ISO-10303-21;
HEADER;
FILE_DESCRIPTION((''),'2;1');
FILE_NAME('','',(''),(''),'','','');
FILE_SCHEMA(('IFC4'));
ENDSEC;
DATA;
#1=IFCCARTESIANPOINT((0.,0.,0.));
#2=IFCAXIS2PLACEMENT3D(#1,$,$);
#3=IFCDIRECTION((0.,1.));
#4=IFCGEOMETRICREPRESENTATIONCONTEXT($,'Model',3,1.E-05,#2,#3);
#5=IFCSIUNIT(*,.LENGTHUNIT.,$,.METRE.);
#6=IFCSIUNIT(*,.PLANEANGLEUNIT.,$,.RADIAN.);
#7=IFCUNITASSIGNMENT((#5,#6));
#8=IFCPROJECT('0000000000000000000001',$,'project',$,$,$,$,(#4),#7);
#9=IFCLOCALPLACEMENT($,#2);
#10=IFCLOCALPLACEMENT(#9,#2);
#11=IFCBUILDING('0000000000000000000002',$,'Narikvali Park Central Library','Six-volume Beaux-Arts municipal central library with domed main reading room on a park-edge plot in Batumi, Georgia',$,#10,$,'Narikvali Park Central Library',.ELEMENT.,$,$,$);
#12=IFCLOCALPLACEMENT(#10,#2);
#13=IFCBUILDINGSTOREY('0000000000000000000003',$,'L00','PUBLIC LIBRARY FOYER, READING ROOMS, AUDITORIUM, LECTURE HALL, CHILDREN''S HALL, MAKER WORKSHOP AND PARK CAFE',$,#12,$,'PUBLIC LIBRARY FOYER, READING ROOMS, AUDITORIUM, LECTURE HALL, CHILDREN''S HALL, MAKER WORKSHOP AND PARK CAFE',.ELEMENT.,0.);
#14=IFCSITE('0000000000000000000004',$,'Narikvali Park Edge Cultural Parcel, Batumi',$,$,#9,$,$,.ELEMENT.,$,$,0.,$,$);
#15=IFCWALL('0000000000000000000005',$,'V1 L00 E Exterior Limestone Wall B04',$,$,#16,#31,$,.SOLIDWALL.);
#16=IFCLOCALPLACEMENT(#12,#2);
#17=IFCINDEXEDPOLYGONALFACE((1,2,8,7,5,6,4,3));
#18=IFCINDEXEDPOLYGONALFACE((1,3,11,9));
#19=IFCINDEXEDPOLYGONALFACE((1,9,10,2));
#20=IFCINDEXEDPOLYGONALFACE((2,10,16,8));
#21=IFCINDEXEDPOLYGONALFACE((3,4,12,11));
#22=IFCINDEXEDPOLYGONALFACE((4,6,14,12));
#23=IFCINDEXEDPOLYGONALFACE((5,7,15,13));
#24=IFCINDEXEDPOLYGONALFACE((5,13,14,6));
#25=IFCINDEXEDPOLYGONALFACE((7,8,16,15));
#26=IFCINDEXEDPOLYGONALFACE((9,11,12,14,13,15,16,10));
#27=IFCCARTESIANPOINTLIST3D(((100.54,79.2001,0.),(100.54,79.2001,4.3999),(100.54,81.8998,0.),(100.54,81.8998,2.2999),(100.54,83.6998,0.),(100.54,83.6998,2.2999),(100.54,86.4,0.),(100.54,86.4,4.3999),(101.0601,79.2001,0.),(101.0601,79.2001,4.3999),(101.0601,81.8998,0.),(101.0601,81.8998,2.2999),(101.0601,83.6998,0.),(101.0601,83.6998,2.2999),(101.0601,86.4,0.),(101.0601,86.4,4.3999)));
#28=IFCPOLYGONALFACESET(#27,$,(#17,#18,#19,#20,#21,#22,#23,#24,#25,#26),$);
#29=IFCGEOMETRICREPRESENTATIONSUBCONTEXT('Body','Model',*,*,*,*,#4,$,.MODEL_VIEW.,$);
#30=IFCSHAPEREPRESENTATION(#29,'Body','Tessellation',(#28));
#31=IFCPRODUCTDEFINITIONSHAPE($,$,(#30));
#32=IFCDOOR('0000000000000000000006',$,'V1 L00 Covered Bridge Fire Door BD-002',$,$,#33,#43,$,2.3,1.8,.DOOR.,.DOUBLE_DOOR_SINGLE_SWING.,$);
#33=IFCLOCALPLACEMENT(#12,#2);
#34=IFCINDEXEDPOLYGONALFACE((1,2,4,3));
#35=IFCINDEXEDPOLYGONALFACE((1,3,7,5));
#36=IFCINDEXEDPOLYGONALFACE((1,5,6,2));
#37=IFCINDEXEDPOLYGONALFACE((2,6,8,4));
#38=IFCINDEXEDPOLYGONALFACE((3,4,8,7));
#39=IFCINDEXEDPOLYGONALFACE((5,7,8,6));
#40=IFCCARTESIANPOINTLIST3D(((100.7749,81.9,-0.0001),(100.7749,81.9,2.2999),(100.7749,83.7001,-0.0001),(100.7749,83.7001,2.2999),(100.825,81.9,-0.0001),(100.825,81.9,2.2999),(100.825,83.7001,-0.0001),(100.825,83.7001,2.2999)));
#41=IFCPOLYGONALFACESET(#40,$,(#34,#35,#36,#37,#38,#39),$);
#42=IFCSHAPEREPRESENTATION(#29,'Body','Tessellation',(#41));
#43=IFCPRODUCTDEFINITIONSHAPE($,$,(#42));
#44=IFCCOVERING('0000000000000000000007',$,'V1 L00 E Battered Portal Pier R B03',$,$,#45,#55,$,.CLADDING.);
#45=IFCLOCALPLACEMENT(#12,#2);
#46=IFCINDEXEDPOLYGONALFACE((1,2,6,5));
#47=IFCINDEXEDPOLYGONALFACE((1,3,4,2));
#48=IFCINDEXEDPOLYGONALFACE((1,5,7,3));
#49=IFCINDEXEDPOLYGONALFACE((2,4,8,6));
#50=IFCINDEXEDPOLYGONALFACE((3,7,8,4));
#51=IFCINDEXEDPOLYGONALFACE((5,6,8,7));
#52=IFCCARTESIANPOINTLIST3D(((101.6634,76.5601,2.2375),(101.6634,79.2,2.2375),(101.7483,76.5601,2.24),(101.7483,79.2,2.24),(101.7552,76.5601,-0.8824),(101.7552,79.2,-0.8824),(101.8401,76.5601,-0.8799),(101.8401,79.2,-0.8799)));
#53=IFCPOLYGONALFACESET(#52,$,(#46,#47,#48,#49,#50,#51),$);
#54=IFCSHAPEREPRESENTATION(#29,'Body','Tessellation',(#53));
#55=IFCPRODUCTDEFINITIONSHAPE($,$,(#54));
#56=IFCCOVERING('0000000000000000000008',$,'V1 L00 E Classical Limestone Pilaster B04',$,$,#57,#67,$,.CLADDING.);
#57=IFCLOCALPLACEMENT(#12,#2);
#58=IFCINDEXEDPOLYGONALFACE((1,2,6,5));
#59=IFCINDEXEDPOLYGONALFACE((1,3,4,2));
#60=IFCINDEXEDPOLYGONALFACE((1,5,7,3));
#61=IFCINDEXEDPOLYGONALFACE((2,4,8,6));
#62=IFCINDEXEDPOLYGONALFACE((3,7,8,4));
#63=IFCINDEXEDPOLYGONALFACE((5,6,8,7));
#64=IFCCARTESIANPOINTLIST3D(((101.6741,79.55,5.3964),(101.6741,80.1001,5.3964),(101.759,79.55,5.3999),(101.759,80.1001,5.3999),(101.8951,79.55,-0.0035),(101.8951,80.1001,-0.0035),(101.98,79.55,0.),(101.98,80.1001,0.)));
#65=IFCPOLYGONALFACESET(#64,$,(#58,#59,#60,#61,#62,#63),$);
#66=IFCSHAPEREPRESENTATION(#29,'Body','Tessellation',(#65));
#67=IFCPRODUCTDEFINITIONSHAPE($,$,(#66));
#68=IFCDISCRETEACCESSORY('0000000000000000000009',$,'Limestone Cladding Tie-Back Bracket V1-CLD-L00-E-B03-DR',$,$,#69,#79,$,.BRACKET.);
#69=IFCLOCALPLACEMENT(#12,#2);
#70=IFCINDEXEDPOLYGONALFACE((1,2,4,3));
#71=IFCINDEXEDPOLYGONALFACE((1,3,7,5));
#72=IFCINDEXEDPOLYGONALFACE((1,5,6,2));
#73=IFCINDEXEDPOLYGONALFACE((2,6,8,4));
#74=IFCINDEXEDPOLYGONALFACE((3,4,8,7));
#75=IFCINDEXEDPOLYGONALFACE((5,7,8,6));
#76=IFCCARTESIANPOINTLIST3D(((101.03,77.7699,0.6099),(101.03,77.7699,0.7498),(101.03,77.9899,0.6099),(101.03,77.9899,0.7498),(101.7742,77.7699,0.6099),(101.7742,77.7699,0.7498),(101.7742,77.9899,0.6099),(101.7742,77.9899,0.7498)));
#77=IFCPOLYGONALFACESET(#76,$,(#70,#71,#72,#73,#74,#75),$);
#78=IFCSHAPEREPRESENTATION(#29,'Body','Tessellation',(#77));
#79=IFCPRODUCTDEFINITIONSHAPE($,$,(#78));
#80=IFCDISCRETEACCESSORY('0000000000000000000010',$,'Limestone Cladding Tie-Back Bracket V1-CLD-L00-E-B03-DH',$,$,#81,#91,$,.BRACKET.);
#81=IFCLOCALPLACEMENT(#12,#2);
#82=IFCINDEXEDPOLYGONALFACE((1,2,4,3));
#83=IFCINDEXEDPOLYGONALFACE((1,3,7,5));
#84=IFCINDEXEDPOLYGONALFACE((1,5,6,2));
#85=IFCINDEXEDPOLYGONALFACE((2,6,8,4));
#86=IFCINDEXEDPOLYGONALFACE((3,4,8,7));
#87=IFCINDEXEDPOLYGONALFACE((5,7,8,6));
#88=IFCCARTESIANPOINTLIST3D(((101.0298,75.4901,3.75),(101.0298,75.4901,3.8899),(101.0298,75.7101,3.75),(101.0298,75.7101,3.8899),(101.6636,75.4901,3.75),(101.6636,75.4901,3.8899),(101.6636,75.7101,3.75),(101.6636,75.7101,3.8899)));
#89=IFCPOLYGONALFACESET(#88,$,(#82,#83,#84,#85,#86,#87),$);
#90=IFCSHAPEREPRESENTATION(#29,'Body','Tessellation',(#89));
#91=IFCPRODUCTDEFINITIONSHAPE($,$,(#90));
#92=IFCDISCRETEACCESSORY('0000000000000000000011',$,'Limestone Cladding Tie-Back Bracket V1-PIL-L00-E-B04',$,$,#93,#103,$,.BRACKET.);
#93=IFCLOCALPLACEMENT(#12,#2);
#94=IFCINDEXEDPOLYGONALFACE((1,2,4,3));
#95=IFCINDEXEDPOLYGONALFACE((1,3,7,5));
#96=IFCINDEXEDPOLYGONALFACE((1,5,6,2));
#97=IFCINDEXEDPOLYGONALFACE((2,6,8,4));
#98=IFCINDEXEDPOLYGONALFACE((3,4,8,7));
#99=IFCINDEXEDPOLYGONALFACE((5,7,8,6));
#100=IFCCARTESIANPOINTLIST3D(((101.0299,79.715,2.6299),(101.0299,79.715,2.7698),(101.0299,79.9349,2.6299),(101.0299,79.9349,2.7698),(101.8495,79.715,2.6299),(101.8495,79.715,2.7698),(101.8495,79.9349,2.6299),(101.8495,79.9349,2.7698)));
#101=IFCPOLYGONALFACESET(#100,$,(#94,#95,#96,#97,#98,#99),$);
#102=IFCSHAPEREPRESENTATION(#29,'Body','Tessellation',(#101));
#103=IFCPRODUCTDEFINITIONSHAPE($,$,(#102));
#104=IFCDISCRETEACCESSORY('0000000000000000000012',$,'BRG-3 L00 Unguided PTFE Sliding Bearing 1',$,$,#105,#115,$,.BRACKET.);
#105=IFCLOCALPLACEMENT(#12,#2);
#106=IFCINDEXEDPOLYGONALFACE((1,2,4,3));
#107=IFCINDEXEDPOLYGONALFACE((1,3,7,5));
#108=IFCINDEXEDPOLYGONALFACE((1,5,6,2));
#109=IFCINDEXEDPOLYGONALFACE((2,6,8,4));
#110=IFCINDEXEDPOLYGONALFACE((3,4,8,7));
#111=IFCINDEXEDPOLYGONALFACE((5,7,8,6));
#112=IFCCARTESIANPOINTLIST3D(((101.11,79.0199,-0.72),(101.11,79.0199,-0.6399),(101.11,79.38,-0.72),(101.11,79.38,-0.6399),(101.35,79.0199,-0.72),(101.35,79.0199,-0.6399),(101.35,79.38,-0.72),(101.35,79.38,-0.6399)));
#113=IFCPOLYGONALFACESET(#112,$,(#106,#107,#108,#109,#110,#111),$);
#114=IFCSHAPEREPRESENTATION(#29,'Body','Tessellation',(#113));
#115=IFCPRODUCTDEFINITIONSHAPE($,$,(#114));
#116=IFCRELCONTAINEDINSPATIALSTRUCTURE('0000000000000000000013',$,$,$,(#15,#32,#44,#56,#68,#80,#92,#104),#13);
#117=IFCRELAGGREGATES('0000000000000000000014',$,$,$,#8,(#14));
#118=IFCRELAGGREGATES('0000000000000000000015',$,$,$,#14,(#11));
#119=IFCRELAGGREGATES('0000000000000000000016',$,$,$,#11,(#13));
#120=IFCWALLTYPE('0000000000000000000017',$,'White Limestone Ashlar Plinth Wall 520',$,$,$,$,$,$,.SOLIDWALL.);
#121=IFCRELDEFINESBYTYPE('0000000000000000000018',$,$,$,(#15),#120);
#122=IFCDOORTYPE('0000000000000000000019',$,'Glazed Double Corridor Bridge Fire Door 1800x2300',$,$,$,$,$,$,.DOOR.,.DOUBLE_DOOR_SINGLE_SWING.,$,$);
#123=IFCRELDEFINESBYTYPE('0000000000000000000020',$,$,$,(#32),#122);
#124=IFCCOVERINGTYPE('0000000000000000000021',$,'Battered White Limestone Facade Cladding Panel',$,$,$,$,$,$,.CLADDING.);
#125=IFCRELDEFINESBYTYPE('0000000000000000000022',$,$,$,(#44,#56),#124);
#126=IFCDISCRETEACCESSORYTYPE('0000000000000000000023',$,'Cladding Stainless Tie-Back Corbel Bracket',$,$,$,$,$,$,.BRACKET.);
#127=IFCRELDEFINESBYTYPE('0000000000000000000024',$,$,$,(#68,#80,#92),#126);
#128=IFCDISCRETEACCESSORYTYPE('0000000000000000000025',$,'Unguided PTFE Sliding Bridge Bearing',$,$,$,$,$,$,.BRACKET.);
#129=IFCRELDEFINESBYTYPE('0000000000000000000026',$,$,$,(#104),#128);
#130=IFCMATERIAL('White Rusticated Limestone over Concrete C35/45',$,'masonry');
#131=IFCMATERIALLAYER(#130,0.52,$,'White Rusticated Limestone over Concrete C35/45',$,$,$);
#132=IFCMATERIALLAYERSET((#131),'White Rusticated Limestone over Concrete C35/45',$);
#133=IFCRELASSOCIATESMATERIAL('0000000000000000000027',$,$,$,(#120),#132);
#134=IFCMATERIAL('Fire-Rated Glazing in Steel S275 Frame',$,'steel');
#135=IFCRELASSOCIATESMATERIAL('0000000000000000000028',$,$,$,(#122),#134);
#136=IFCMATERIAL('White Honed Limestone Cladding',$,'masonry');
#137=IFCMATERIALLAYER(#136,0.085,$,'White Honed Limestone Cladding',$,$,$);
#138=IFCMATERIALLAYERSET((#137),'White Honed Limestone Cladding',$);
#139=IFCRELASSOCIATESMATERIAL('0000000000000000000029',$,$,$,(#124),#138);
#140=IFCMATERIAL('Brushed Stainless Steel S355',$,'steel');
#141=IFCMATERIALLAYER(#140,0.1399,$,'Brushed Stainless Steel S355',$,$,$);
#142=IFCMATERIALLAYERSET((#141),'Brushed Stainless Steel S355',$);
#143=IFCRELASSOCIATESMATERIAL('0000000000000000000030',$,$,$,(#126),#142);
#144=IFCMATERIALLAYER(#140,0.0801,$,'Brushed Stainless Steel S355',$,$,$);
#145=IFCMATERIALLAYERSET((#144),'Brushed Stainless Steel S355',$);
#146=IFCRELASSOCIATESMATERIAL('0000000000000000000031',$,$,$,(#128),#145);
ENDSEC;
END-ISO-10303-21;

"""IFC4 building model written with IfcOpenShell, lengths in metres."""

from ifc_helpers import new_model, si_unit, direction, frame, frame_2d, origin, origin_2d, place, context, subcontext, project, spatial, polyline, rectangle, outline, extrude, material, layer, layer_set, type_object, element, fill, save


model = new_model("IFC4")

# Units and contexts
model_context = context("Model", 3, precision=1e-05, world=origin(), true_north=direction((0.0, 1.0)))
body_context = subcontext(model_context, "Body", "Model", "MODEL_VIEW")
ifc_project = project(units=[si_unit("LENGTHUNIT", "METRE"), si_unit("PLANEANGLEUNIT", "RADIAN")], contexts=[model_context])

# Site, building, storey
site_placement = place(None, origin())
site = spatial("IfcSite", under=ifc_project, at=site_placement, Name="Narikvali Park Edge Cultural Parcel, Batumi", CompositionType="ELEMENT", RefElevation=0.0)
building_placement = place(site_placement, origin())
building = spatial("IfcBuilding", under=site, at=building_placement, Name="Narikvali Park Central Library", Description="Six-volume Beaux-Arts municipal central library with domed main reading room on a park-edge plot in Batumi, Georgia", LongName="Narikvali Park Central Library", CompositionType="ELEMENT")
storey_placement = place(building_placement, origin())
storey = spatial("IfcBuildingStorey", under=building, at=storey_placement, Name="L00", Description="PUBLIC LIBRARY FOYER, READING ROOMS, AUDITORIUM, LECTURE HALL, CHILDREN'S HALL, MAKER WORKSHOP AND PARK CAFE", LongName="PUBLIC LIBRARY FOYER, READING ROOMS, AUDITORIUM, LECTURE HALL, CHILDREN'S HALL, MAKER WORKSHOP AND PARK CAFE", CompositionType="ELEMENT", Elevation=0.0)

# Wall, opening, door
ifc_material_1 = material(Name="White Rusticated Limestone over Concrete C35/45", Category="masonry")
ifc_layer_1 = layer(ifc_material_1, 0.52, Name="White Rusticated Limestone over Concrete C35/45")
ifc_layer_set_1 = layer_set([ifc_layer_1], Name="White Rusticated Limestone over Concrete C35/45")
wall_type_1 = type_object("IfcWallType", Name="White Limestone Ashlar Plinth Wall 520", PredefinedType="SOLIDWALL", material=ifc_layer_set_1)
wall_1_placement = place(storey_placement, frame((100.8, 79.2, 0.0), z_axis=(0.0, 0.0, 1.0), x_axis=(0.0, 1.0, 0.0)))
wall_1 = element("IfcWall", 1, at=wall_1_placement, inside=storey, type_object=wall_type_1, Name="V1 L00 E Exterior Limestone Wall B04", PredefinedType="SOLIDWALL", context=body_context, shape_type="SweptSolid", body=[
    extrude(rectangle(XDim=7.2, YDim=0.52, at=frame_2d((3.6001, 0.0))), origin(), (0.0, 0.0, 1.0), 4.3999),
])
opening_placement = place(wall_1_placement, frame((2.7, 0.0, 0.0)))
opening = element("IfcOpeningElement", 2, at=opening_placement, cuts=wall_1, PredefinedType="OPENING", context=body_context, shape_type="SweptSolid", body=[
    extrude(rectangle(XDim=1.8, YDim=2.3, at=frame_2d((0.8999, 1.1499))), frame((0.0, 0.272, 0.0), z_axis=(0.0, -1.0, 0.0), x_axis=(1.0, 0.0, 0.0)), (0.0, 0.0, 1.0), 0.5439),
])
ifc_material_2 = material(Name="Fire-Rated Glazing in Steel S275 Frame", Category="steel")
door_type = type_object("IfcDoorType", Name="Glazed Double Corridor Bridge Fire Door 1800x2300", OperationType="DOUBLE_DOOR_SINGLE_SWING", PredefinedType="DOOR", material=ifc_material_2)
door_placement = place(opening_placement, frame((1.8, 0.0, 0.0), z_axis=(0.0, 0.0, 1.0), x_axis=(-1.0, 0.0, 0.0)))
door = element("IfcDoor", 3, at=door_placement, inside=storey, type_object=door_type, Name="V1 L00 Covered Bridge Fire Door BD-002", OperationType="DOUBLE_DOOR_SINGLE_SWING", OverallHeight=2.3, OverallWidth=1.8, PredefinedType="DOOR", context=body_context, shape_type="SweptSolid", body=[
    extrude(rectangle(XDim=1.8, YDim=2.3, at=frame_2d((0.8999, 1.1499))), frame((0.0, 0.0249, 0.0), z_axis=(0.0, -1.0, 0.0), x_axis=(1.0, 0.0, 0.0)), (0.0, 0.0, 1.0), 0.05),
])
fill(opening, door)

# Coverings
ifc_material_3 = material(Name="White Honed Limestone Cladding", Category="masonry")
ifc_layer_2 = layer(ifc_material_3, 0.085, Name="White Honed Limestone Cladding")
ifc_layer_set_2 = layer_set([ifc_layer_2], Name="White Honed Limestone Cladding")
covering_type = type_object("IfcCoveringType", Name="Battered White Limestone Facade Cladding Panel", PredefinedType="CLADDING", material=ifc_layer_set_2)
covering_1_placement = place(storey_placement, frame((101.8401, 76.5601, -0.8799), z_axis=(0.999567, 0.0, 0.029411), x_axis=(0.0, 1.0, 0.0)))
element("IfcCovering", 4, at=covering_1_placement, inside=storey, type_object=covering_type, Name="V1 L00 E Battered Portal Pier R B03", PredefinedType="CLADDING", context=body_context, shape_type="SweptSolid", body=[
    extrude(outline(polyline([(0.0, 0.0), (2.6399, 0.0), (2.6399, 3.1212), (0.0, 3.1212), (0.0, 0.0)])), origin(), (0.0, 0.0, -1.0), 0.085),
])
covering_2_placement = place(storey_placement, frame((101.98, 79.55, 0.0), z_axis=(0.999164, 0.0, 0.040883), x_axis=(0.0, 1.0, 0.0)))
element("IfcCovering", 5, at=covering_2_placement, inside=storey, type_object=covering_type, Name="V1 L00 E Classical Limestone Pilaster B04", PredefinedType="CLADDING", context=body_context, shape_type="SweptSolid", body=[
    extrude(outline(polyline([(0.0, 0.0), (0.55, 0.0), (0.55, 5.4044), (0.0, 5.4044), (0.0, 0.0)])), origin(), (0.0, 0.0, -1.0), 0.085),
])

# Discrete accessories
ifc_material_4 = material(Name="Brushed Stainless Steel S355", Category="steel")
ifc_layer_3 = layer(ifc_material_4, 0.1399, Name="Brushed Stainless Steel S355")
ifc_layer_set_3 = layer_set([ifc_layer_3], Name="Brushed Stainless Steel S355")
discrete_accessory_type_1 = type_object("IfcDiscreteAccessoryType", Name="Cladding Stainless Tie-Back Corbel Bracket", PredefinedType="BRACKET", material=ifc_layer_set_3)
discrete_accessory_1_placement = place(storey_placement, frame((101.4021, 77.8799, 0.6099), z_axis=(0.0, 0.0, 1.0), x_axis=(1.0, 0.0, 0.0)))
element("IfcDiscreteAccessory", 6, at=discrete_accessory_1_placement, inside=storey, type_object=discrete_accessory_type_1, Name="Limestone Cladding Tie-Back Bracket V1-CLD-L00-E-B03-DR", PredefinedType="BRACKET", context=body_context, shape_type="SweptSolid", body=[
    extrude(rectangle(XDim=0.7441, YDim=0.22, at=origin_2d()), origin(), (0.0, 0.0, 1.0), 0.1399),
])
discrete_accessory_2_placement = place(storey_placement, frame((101.3467, 75.6001, 3.75), z_axis=(0.0, 0.0, 1.0), x_axis=(1.0, 0.0, 0.0)))
element("IfcDiscreteAccessory", 7, at=discrete_accessory_2_placement, inside=storey, type_object=discrete_accessory_type_1, Name="Limestone Cladding Tie-Back Bracket V1-CLD-L00-E-B03-DH", PredefinedType="BRACKET", context=body_context, shape_type="SweptSolid", body=[
    extrude(rectangle(XDim=0.6338, YDim=0.22, at=origin_2d()), origin(), (0.0, 0.0, 1.0), 0.1399),
])
discrete_accessory_3_placement = place(storey_placement, frame((101.4397, 79.825, 2.6299), z_axis=(0.0, 0.0, 1.0), x_axis=(1.0, 0.0, 0.0)))
element("IfcDiscreteAccessory", 8, at=discrete_accessory_3_placement, inside=storey, type_object=discrete_accessory_type_1, Name="Limestone Cladding Tie-Back Bracket V1-PIL-L00-E-B04", PredefinedType="BRACKET", context=body_context, shape_type="SweptSolid", body=[
    extrude(rectangle(XDim=0.8196, YDim=0.22, at=origin_2d()), origin(), (0.0, 0.0, 1.0), 0.1399),
])
ifc_layer_4 = layer(ifc_material_4, 0.0801, Name="Brushed Stainless Steel S355")
ifc_layer_set_4 = layer_set([ifc_layer_4], Name="Brushed Stainless Steel S355")
discrete_accessory_type_2 = type_object("IfcDiscreteAccessoryType", Name="Unguided PTFE Sliding Bridge Bearing", PredefinedType="BRACKET", material=ifc_layer_set_4)
discrete_accessory_4_placement = place(storey_placement, frame((101.23, 79.2, -0.72), z_axis=(0.0, 0.0, 1.0), x_axis=(1.0, 0.0, 0.0)))
element("IfcDiscreteAccessory", 9, at=discrete_accessory_4_placement, inside=storey, type_object=discrete_accessory_type_2, Name="BRG-3 L00 Unguided PTFE Sliding Bearing 1", PredefinedType="BRACKET", context=body_context, shape_type="SweptSolid", body=[
    extrude(rectangle(XDim=0.24, YDim=0.3601, at=origin_2d()), origin(), (0.0, 0.0, 1.0), 0.0801),
])

save(model, "model.ifc")
